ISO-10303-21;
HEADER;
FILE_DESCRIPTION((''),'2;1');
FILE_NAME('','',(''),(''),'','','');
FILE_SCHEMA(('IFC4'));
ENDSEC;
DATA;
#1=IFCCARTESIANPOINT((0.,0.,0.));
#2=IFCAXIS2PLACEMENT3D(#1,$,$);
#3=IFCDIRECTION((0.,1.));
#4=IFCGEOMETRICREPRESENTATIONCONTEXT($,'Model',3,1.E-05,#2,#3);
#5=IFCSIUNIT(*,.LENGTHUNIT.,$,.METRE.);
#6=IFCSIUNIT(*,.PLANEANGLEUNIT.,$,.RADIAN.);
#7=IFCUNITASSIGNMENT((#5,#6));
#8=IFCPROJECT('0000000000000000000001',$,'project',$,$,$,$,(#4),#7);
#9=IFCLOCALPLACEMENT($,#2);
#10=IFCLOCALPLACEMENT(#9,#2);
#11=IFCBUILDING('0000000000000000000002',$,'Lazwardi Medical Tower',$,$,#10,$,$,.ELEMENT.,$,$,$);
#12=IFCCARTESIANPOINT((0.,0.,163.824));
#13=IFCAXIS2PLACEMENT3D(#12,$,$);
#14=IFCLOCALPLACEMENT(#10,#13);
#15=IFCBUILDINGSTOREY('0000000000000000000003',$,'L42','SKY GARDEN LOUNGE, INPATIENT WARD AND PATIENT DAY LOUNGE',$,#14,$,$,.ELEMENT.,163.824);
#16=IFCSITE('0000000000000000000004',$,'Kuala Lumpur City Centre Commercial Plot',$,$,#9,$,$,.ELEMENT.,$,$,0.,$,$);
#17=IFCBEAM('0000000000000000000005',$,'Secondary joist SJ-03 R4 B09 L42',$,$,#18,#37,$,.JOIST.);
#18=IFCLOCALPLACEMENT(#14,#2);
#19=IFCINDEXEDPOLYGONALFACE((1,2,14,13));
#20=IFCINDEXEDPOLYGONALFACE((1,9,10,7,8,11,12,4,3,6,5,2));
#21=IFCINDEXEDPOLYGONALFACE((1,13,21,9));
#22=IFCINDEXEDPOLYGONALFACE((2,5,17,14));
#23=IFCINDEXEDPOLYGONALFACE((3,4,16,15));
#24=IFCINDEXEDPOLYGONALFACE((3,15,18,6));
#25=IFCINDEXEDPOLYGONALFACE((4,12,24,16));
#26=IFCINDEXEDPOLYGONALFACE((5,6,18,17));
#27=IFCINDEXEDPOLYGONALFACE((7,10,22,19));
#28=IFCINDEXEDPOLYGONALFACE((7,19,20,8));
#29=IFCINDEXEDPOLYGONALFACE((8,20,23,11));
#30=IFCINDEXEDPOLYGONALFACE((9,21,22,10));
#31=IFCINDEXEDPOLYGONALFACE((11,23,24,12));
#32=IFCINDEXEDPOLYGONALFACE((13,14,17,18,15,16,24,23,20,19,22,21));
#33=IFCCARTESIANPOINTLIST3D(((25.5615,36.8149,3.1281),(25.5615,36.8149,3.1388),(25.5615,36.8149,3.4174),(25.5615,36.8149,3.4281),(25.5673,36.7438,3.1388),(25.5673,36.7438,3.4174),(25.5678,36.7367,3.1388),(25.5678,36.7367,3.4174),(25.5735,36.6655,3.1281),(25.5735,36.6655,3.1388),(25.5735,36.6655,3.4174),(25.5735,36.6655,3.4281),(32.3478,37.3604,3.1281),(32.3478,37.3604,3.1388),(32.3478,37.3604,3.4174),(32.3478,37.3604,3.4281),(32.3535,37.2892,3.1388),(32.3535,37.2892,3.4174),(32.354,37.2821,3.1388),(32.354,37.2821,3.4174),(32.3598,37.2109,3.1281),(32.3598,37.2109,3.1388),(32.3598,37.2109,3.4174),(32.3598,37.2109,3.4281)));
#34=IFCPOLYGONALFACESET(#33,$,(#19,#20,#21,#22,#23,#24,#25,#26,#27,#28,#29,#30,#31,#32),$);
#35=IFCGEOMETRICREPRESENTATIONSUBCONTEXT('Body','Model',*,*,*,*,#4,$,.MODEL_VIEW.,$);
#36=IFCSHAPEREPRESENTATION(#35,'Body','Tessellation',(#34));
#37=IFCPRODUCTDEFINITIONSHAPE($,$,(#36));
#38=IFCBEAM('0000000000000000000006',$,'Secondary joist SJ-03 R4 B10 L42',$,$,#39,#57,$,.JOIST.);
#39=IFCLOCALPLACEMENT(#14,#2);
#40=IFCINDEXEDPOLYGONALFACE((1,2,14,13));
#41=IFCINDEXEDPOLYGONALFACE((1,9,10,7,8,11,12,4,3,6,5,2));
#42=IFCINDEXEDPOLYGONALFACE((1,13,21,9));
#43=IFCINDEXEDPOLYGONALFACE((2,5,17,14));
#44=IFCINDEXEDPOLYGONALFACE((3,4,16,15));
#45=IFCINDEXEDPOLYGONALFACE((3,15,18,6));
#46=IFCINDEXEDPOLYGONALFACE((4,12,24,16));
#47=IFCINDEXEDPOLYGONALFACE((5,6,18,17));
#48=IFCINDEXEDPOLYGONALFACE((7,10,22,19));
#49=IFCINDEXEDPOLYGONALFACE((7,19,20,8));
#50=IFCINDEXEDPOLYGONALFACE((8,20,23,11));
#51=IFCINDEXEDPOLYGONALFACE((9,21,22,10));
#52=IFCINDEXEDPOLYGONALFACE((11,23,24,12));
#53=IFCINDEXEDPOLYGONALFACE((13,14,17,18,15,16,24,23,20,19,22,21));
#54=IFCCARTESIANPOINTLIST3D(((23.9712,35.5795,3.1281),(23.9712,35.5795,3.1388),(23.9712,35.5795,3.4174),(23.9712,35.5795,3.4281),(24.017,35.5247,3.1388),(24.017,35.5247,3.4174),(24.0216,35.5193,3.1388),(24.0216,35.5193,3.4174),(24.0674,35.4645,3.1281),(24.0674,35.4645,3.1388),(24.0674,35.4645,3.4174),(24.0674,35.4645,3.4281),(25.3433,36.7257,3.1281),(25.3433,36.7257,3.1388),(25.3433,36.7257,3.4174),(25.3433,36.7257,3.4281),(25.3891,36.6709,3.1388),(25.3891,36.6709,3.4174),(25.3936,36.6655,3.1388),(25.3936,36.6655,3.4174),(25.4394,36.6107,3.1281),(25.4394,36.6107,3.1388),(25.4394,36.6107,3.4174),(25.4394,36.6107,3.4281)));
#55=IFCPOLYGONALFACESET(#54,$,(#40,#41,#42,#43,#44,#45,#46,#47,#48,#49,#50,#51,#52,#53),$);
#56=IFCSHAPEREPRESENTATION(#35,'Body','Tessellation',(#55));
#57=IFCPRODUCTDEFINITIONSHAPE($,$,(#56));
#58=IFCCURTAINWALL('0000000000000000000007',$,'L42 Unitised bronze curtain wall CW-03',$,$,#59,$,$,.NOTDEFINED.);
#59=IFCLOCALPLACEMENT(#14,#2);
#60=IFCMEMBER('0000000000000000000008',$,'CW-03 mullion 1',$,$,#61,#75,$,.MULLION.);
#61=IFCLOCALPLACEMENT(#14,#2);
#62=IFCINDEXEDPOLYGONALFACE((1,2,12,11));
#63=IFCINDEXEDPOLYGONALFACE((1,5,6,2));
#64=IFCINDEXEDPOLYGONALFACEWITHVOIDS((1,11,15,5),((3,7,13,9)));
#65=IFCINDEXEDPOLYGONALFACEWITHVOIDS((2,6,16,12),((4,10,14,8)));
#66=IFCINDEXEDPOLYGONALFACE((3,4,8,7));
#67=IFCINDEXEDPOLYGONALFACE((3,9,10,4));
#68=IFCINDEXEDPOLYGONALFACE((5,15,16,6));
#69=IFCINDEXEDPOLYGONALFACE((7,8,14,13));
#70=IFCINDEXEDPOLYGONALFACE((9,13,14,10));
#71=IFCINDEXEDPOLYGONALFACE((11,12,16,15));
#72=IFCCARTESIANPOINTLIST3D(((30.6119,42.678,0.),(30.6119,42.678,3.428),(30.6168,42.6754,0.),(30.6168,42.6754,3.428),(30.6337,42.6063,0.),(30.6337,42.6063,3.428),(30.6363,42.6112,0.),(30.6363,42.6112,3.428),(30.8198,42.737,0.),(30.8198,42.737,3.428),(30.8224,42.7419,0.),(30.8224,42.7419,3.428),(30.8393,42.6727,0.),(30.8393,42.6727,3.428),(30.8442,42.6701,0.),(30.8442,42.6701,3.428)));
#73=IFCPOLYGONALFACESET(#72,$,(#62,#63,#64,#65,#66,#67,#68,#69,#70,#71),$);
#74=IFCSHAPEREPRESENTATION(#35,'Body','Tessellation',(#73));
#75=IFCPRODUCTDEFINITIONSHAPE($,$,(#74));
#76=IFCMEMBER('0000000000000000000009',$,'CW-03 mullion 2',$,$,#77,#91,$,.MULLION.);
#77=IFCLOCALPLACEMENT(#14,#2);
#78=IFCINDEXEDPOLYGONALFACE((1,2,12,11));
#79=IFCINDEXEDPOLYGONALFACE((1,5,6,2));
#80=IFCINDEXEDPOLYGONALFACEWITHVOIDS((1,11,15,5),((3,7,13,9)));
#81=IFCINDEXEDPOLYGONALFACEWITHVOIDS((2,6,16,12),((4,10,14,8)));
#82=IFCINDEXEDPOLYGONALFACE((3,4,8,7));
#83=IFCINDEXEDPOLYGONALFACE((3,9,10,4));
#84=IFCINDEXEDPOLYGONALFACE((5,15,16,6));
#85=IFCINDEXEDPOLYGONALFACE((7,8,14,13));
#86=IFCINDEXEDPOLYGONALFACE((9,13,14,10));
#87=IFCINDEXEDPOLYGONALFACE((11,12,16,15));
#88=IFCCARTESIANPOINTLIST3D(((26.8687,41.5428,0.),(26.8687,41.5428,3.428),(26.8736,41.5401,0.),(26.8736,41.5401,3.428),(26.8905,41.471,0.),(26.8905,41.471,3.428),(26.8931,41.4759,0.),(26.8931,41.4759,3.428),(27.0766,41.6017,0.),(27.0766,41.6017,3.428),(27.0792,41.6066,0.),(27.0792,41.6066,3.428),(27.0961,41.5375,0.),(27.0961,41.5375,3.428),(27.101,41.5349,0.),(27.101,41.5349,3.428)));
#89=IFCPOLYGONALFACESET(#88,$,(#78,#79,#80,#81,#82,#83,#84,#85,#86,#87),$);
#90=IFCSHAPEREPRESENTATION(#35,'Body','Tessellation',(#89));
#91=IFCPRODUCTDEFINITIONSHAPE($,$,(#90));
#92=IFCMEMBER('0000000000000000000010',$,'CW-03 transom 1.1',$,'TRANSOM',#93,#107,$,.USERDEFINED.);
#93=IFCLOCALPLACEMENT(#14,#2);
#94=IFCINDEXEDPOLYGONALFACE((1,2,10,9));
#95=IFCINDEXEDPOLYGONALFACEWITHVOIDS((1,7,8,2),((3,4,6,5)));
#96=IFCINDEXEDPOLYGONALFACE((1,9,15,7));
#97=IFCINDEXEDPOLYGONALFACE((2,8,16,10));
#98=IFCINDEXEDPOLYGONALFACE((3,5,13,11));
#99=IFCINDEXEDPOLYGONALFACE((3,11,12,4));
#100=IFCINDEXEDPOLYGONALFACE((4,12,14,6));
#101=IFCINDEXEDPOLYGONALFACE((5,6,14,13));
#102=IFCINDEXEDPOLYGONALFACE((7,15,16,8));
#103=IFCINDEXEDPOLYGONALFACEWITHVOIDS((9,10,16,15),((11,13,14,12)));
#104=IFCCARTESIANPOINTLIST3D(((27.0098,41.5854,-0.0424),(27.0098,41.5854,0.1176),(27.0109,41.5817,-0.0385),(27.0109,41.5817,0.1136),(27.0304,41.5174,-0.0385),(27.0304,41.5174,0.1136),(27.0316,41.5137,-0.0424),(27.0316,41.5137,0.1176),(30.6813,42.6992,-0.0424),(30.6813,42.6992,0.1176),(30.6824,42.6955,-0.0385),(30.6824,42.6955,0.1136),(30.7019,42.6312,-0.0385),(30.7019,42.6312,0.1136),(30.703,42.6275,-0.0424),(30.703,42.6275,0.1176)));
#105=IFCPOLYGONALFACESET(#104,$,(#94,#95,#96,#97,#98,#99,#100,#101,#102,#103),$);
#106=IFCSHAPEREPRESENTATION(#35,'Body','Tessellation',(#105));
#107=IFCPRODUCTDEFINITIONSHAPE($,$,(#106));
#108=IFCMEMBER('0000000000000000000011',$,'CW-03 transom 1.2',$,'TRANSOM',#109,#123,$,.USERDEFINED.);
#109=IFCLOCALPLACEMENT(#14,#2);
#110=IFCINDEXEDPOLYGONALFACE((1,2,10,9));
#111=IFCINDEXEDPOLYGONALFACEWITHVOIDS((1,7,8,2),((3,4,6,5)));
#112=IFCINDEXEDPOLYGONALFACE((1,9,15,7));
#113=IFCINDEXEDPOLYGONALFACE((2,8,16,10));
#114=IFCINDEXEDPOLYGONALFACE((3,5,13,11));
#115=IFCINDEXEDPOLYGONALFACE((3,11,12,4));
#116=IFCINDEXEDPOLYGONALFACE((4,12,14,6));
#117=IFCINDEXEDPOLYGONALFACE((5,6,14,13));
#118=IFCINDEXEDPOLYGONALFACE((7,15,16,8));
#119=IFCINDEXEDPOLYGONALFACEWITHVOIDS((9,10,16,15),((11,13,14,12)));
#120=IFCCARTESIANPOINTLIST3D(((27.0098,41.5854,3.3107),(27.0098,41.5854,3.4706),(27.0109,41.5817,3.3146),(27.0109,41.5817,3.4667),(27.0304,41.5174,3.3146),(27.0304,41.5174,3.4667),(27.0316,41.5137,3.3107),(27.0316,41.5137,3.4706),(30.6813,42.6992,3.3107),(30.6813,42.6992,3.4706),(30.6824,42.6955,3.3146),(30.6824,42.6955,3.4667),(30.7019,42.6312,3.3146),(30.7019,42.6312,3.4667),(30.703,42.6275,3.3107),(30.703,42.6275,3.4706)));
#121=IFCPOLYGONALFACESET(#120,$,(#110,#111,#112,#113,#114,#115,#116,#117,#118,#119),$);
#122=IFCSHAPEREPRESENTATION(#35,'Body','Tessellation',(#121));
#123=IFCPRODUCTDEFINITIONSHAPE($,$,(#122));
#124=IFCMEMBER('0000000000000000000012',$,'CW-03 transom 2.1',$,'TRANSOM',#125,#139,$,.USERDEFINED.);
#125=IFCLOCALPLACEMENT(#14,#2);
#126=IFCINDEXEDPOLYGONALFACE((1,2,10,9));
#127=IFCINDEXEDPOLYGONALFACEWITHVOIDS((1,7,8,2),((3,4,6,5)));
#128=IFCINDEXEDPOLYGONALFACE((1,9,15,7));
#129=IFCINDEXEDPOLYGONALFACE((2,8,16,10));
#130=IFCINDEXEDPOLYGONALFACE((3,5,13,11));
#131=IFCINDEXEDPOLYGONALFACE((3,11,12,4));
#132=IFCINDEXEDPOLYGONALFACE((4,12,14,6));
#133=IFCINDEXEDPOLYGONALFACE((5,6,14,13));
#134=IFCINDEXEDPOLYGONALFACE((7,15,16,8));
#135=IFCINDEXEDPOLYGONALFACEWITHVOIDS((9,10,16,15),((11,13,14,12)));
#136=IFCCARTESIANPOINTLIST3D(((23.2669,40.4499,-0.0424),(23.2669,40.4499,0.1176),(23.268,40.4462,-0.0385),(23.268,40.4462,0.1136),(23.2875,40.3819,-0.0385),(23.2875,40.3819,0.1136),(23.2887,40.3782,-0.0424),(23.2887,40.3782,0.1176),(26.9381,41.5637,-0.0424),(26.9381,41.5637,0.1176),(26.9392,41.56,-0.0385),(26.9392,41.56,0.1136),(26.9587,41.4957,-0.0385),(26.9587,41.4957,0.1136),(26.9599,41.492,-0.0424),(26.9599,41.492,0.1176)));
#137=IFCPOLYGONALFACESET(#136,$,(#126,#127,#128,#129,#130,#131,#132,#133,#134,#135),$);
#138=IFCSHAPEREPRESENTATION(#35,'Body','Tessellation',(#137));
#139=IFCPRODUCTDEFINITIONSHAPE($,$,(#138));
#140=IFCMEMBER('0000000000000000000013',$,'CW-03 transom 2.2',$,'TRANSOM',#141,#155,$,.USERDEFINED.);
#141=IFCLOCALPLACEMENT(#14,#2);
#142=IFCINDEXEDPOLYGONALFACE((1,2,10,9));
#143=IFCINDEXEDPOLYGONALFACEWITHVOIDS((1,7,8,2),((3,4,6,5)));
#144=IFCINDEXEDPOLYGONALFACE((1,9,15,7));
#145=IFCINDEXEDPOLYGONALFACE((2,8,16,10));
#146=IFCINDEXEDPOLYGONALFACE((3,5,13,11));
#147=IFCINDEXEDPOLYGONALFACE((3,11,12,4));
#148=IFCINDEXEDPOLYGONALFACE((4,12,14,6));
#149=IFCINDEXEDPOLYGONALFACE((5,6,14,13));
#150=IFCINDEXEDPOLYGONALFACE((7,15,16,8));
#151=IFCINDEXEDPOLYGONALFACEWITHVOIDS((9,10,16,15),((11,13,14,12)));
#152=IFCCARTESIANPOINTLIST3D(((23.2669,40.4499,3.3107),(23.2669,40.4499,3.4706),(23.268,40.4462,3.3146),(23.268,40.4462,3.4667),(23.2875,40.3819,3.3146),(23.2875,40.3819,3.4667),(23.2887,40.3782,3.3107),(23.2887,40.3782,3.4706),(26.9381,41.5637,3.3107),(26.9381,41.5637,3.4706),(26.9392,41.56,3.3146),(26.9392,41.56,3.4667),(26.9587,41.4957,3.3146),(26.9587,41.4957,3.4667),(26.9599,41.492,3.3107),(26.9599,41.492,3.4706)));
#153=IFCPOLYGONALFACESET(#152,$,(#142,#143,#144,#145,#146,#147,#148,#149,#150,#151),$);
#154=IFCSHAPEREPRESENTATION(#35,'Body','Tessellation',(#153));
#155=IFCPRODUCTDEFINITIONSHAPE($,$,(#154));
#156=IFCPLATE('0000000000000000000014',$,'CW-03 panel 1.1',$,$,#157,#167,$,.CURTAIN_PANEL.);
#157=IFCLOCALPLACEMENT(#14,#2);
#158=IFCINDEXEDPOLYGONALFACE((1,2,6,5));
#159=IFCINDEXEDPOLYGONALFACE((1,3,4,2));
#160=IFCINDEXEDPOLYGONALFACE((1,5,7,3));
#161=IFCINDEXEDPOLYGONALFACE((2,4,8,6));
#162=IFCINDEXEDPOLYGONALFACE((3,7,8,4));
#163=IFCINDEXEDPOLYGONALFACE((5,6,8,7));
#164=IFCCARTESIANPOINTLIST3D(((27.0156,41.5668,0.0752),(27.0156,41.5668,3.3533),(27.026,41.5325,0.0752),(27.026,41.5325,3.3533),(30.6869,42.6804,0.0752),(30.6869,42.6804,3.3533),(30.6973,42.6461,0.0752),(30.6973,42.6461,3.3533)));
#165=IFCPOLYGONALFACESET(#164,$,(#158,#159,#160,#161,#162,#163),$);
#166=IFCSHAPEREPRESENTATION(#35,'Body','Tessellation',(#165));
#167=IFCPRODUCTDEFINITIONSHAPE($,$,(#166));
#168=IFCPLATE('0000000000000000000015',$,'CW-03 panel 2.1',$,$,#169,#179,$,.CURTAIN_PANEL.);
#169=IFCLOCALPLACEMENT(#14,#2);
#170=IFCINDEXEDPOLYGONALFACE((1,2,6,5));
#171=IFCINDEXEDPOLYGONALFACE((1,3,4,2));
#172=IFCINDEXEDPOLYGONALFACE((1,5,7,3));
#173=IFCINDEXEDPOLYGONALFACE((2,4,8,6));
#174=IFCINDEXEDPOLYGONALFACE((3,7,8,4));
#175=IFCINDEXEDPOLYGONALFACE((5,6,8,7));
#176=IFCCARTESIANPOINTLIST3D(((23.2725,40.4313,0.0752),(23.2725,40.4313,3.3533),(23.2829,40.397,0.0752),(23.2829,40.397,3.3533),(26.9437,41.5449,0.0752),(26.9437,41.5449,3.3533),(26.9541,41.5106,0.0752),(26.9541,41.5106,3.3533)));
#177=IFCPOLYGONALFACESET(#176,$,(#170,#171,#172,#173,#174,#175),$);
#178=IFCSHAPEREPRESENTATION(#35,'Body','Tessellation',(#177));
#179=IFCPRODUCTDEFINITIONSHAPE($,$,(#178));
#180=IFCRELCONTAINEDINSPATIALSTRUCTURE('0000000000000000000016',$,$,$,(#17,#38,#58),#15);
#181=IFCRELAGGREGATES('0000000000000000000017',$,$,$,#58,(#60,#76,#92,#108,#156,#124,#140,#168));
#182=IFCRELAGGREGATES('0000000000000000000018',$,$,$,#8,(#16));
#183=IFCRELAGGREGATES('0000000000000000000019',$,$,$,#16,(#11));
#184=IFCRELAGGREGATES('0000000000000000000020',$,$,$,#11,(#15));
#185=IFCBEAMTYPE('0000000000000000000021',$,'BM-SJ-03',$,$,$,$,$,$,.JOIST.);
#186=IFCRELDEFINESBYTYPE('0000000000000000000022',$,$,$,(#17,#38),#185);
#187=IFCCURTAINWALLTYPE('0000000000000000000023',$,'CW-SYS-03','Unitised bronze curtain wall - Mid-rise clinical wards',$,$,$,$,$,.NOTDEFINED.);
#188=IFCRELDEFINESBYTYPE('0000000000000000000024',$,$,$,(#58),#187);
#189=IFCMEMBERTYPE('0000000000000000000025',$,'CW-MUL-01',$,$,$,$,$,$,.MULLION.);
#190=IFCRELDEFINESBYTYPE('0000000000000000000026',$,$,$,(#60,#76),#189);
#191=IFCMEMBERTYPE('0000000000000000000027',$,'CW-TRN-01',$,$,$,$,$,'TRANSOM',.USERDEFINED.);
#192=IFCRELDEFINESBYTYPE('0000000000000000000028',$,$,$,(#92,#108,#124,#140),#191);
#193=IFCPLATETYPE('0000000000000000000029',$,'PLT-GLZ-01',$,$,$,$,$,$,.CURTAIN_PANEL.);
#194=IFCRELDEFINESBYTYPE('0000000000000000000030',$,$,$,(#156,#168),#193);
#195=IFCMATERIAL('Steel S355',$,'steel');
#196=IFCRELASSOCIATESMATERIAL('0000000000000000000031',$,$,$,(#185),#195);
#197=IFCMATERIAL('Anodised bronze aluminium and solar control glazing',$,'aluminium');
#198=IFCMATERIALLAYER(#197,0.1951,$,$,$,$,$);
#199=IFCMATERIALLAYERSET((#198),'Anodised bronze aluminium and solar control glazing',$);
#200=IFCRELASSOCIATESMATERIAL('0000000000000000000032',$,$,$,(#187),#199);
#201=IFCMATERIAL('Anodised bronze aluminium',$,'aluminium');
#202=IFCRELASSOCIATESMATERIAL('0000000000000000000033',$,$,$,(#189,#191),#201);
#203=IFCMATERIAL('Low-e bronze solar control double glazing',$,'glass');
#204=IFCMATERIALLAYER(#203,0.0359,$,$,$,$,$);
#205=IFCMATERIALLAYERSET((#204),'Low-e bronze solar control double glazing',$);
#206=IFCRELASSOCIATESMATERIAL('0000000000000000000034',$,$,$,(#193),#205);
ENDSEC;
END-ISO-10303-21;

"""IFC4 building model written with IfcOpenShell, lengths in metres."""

from ifc_helpers import new_model, si_unit, direction, frame, origin, origin_2d, place, context, subcontext, project, spatial, rectangle, hollow_rectangle, i_section, extrude, material, layer, layer_set, material_profile, profile_set, type_object, element, aggregate, save


model = new_model("IFC4")

# Units and contexts
model_context = context("Model", 3, precision=1e-05, world=origin(), true_north=direction((0.0, 1.0)))
body_context = subcontext(model_context, "Body", "Model", "MODEL_VIEW")
ifc_project = project(units=[si_unit("LENGTHUNIT", "METRE"), si_unit("PLANEANGLEUNIT", "RADIAN")], contexts=[model_context])

# Site, building, storey
site_placement = place(None, origin())
site = spatial("IfcSite", under=ifc_project, at=site_placement, Name="Kuala Lumpur City Centre Commercial Plot", CompositionType="ELEMENT", RefElevation=0.0)
building_placement = place(site_placement, origin())
building = spatial("IfcBuilding", under=site, at=building_placement, Name="Lazwardi Medical Tower", CompositionType="ELEMENT")
storey_placement = place(building_placement, frame((0.0, 0.0, 163.824)))
storey = spatial("IfcBuildingStorey", under=building, at=storey_placement, Name="L42", Description="SKY GARDEN LOUNGE, INPATIENT WARD AND PATIENT DAY LOUNGE", CompositionType="ELEMENT", Elevation=163.824)

# Beams
ifc_material_1 = material(Name="Steel S355", Category="steel")
ifc_material_profile_1 = material_profile(ifc_material_1, i_section(OverallWidth=0.1499, OverallDepth=0.3, WebThickness=0.0071, FlangeThickness=0.0107, at=origin_2d()), Name="IPE 300")
ifc_profile_set_1 = profile_set([ifc_material_profile_1], Name="Steel S355")
beam_type_1 = type_object("IfcBeamType", Name="BM-SJ-03", PredefinedType="JOIST", material=ifc_profile_set_1)
beam_1_placement = place(storey_placement, frame((32.3538, 37.2856, 3.2781), z_axis=(-0.996786, -0.080113, 0.0), x_axis=(0.080113, -0.996786, 0.0)))
element("IfcBeam", 1, at=beam_1_placement, inside=storey, type_object=beam_type_1, Name="Secondary joist SJ-03 R4 B09 L42", PredefinedType="JOIST", context=body_context, shape_type="SweptSolid", body=[
    extrude(i_section(OverallWidth=0.1499, OverallDepth=0.3, WebThickness=0.0071, FlangeThickness=0.0107, at=origin_2d()), origin(), (0.0, 0.0, 1.0), 6.8081),
])
beam_2_placement = place(storey_placement, frame((25.3914, 36.6682, 3.2781), z_axis=(-0.767437, -0.641124, 0.0), x_axis=(0.641124, -0.767437, 0.0)))
element("IfcBeam", 2, at=beam_2_placement, inside=storey, type_object=beam_type_1, Name="Secondary joist SJ-03 R4 B10 L42", PredefinedType="JOIST", context=body_context, shape_type="SweptSolid", body=[
    extrude(i_section(OverallWidth=0.1499, OverallDepth=0.3, WebThickness=0.0071, FlangeThickness=0.0107, at=origin_2d()), origin(), (0.0, 0.0, 1.0), 1.7878),
])

# Curtain wall, members, plates
ifc_material_2 = material(Name="Anodised bronze aluminium and solar control glazing", Category="aluminium")
ifc_layer_1 = layer(ifc_material_2, 0.1951)
ifc_layer_set_1 = layer_set([ifc_layer_1], Name="Anodised bronze aluminium and solar control glazing")
curtain_wall_type = type_object("IfcCurtainWallType", Name="CW-SYS-03", Description="Unitised bronze curtain wall - Mid-rise clinical wards", PredefinedType="NOTDEFINED", material=ifc_layer_set_1)
curtain_wall_placement = place(storey_placement, origin())
curtain_wall = element("IfcCurtainWall", 3, at=curtain_wall_placement, inside=storey, type_object=curtain_wall_type, Name="L42 Unitised bronze curtain wall CW-03", PredefinedType="NOTDEFINED")
ifc_material_3 = material(Name="Anodised bronze aluminium", Category="aluminium")
ifc_material_profile_2 = material_profile(ifc_material_3, hollow_rectangle(XDim=0.075, YDim=0.22, WallThickness=0.0039, at=origin_2d()), Name="ALU-MULLION 220x75x4")
ifc_profile_set_2 = profile_set([ifc_material_profile_2], Name="Anodised bronze aluminium")
member_type_1 = type_object("IfcMemberType", Name="CW-MUL-01", PredefinedType="MULLION", material=ifc_profile_set_2)
member_1_placement = place(storey_placement, frame((30.728, 42.6741, 0.0), z_axis=(0.0, 0.0, 1.0), x_axis=(0.290281, -0.956942, 0.0)))
member_1 = element("IfcMember", 4, at=member_1_placement, type_object=member_type_1, Name="CW-03 mullion 1", PredefinedType="MULLION", context=body_context, shape_type="SweptSolid", body=[
    extrude(hollow_rectangle(XDim=0.075, YDim=0.22, WallThickness=0.0039, at=origin_2d()), origin(), (0.0, 0.0, 1.0), 3.428),
])
member_2_placement = place(storey_placement, frame((26.9849, 41.5388, 0.0), z_axis=(0.0, 0.0, 1.0), x_axis=(0.290281, -0.956942, 0.0)))
member_2 = element("IfcMember", 5, at=member_2_placement, type_object=member_type_1, Name="CW-03 mullion 2", PredefinedType="MULLION", context=body_context, shape_type="SweptSolid", body=[
    extrude(hollow_rectangle(XDim=0.075, YDim=0.22, WallThickness=0.0039, at=origin_2d()), origin(), (0.0, 0.0, 1.0), 3.428),
])
ifc_material_profile_3 = material_profile(ifc_material_3, hollow_rectangle(XDim=0.075, YDim=0.1599, WallThickness=0.0039, at=origin_2d()), Name="ALU-TRANSOM 160x75x4")
ifc_profile_set_3 = profile_set([ifc_material_profile_3], Name="Anodised bronze aluminium")
member_type_2 = type_object("IfcMemberType", Name="CW-TRN-01", ElementType="TRANSOM", PredefinedType="USERDEFINED", material=ifc_profile_set_3)
member_3_placement = place(storey_placement, frame((30.6921, 42.6633, 0.0376), z_axis=(-0.956936, -0.290301, 0.0), x_axis=(0.290301, -0.956936, 0.0)))
member_3 = element("IfcMember", 6, at=member_3_placement, type_object=member_type_2, Name="CW-03 transom 1.1", ObjectType="TRANSOM", PredefinedType="USERDEFINED", context=body_context, shape_type="SweptSolid", body=[
    extrude(hollow_rectangle(XDim=0.075, YDim=0.1599, WallThickness=0.0039, at=origin_2d()), origin(), (0.0, 0.0, 1.0), 3.8367),
])
member_4_placement = place(storey_placement, frame((30.6921, 42.6633, 3.3906), z_axis=(-0.956936, -0.290301, 0.0), x_axis=(0.290301, -0.956936, 0.0)))
member_4 = element("IfcMember", 7, at=member_4_placement, type_object=member_type_2, Name="CW-03 transom 1.2", ObjectType="TRANSOM", PredefinedType="USERDEFINED", context=body_context, shape_type="SweptSolid", body=[
    extrude(hollow_rectangle(XDim=0.075, YDim=0.1599, WallThickness=0.0039, at=origin_2d()), origin(), (0.0, 0.0, 1.0), 3.8367),
])
member_5_placement = place(storey_placement, frame((26.949, 41.5278, 0.0376), z_axis=(-0.95693, -0.290318, 0.0), x_axis=(0.290318, -0.95693, 0.0)))
member_5 = element("IfcMember", 8, at=member_5_placement, type_object=member_type_2, Name="CW-03 transom 2.1", ObjectType="TRANSOM", PredefinedType="USERDEFINED", context=body_context, shape_type="SweptSolid", body=[
    extrude(hollow_rectangle(XDim=0.075, YDim=0.1599, WallThickness=0.0039, at=origin_2d()), origin(), (0.0, 0.0, 1.0), 3.8364),
])
member_6_placement = place(storey_placement, frame((26.949, 41.5278, 3.3906), z_axis=(-0.95693, -0.290318, 0.0), x_axis=(0.290318, -0.95693, 0.0)))
member_6 = element("IfcMember", 9, at=member_6_placement, type_object=member_type_2, Name="CW-03 transom 2.2", ObjectType="TRANSOM", PredefinedType="USERDEFINED", context=body_context, shape_type="SweptSolid", body=[
    extrude(hollow_rectangle(XDim=0.075, YDim=0.1599, WallThickness=0.0039, at=origin_2d()), origin(), (0.0, 0.0, 1.0), 3.8364),
])
ifc_material_4 = material(Name="Low-e bronze solar control double glazing", Category="glass")
ifc_layer_2 = layer(ifc_material_4, 0.0359)
ifc_layer_set_2 = layer_set([ifc_layer_2], Name="Low-e bronze solar control double glazing")
plate_type = type_object("IfcPlateType", Name="PLT-GLZ-01", PredefinedType="CURTAIN_PANEL", material=ifc_layer_set_2)
plate_1_placement = place(storey_placement, frame((28.8564, 42.1064, 0.0752), z_axis=(0.0, 0.0, 1.0), x_axis=(-0.956942, -0.290281, 0.0)))
plate_1 = element("IfcPlate", 10, at=plate_1_placement, type_object=plate_type, Name="CW-03 panel 1.1", PredefinedType="CURTAIN_PANEL", context=body_context, shape_type="SweptSolid", body=[
    extrude(rectangle(XDim=3.8364, YDim=0.0359, at=origin_2d()), origin(), (0.0, 0.0, 1.0), 3.2781),
])
plate_2_placement = place(storey_placement, frame((25.1133, 40.9709, 0.0752), z_axis=(0.0, 0.0, 1.0), x_axis=(-0.956942, -0.290281, 0.0)))
plate_2 = element("IfcPlate", 11, at=plate_2_placement, type_object=plate_type, Name="CW-03 panel 2.1", PredefinedType="CURTAIN_PANEL", context=body_context, shape_type="SweptSolid", body=[
    extrude(rectangle(XDim=3.8364, YDim=0.0359, at=origin_2d()), origin(), (0.0, 0.0, 1.0), 3.2781),
])
aggregate(curtain_wall, [member_1, member_2, member_3, member_4, plate_1, member_5, member_6, plate_2])

save(model, "model.ifc")
